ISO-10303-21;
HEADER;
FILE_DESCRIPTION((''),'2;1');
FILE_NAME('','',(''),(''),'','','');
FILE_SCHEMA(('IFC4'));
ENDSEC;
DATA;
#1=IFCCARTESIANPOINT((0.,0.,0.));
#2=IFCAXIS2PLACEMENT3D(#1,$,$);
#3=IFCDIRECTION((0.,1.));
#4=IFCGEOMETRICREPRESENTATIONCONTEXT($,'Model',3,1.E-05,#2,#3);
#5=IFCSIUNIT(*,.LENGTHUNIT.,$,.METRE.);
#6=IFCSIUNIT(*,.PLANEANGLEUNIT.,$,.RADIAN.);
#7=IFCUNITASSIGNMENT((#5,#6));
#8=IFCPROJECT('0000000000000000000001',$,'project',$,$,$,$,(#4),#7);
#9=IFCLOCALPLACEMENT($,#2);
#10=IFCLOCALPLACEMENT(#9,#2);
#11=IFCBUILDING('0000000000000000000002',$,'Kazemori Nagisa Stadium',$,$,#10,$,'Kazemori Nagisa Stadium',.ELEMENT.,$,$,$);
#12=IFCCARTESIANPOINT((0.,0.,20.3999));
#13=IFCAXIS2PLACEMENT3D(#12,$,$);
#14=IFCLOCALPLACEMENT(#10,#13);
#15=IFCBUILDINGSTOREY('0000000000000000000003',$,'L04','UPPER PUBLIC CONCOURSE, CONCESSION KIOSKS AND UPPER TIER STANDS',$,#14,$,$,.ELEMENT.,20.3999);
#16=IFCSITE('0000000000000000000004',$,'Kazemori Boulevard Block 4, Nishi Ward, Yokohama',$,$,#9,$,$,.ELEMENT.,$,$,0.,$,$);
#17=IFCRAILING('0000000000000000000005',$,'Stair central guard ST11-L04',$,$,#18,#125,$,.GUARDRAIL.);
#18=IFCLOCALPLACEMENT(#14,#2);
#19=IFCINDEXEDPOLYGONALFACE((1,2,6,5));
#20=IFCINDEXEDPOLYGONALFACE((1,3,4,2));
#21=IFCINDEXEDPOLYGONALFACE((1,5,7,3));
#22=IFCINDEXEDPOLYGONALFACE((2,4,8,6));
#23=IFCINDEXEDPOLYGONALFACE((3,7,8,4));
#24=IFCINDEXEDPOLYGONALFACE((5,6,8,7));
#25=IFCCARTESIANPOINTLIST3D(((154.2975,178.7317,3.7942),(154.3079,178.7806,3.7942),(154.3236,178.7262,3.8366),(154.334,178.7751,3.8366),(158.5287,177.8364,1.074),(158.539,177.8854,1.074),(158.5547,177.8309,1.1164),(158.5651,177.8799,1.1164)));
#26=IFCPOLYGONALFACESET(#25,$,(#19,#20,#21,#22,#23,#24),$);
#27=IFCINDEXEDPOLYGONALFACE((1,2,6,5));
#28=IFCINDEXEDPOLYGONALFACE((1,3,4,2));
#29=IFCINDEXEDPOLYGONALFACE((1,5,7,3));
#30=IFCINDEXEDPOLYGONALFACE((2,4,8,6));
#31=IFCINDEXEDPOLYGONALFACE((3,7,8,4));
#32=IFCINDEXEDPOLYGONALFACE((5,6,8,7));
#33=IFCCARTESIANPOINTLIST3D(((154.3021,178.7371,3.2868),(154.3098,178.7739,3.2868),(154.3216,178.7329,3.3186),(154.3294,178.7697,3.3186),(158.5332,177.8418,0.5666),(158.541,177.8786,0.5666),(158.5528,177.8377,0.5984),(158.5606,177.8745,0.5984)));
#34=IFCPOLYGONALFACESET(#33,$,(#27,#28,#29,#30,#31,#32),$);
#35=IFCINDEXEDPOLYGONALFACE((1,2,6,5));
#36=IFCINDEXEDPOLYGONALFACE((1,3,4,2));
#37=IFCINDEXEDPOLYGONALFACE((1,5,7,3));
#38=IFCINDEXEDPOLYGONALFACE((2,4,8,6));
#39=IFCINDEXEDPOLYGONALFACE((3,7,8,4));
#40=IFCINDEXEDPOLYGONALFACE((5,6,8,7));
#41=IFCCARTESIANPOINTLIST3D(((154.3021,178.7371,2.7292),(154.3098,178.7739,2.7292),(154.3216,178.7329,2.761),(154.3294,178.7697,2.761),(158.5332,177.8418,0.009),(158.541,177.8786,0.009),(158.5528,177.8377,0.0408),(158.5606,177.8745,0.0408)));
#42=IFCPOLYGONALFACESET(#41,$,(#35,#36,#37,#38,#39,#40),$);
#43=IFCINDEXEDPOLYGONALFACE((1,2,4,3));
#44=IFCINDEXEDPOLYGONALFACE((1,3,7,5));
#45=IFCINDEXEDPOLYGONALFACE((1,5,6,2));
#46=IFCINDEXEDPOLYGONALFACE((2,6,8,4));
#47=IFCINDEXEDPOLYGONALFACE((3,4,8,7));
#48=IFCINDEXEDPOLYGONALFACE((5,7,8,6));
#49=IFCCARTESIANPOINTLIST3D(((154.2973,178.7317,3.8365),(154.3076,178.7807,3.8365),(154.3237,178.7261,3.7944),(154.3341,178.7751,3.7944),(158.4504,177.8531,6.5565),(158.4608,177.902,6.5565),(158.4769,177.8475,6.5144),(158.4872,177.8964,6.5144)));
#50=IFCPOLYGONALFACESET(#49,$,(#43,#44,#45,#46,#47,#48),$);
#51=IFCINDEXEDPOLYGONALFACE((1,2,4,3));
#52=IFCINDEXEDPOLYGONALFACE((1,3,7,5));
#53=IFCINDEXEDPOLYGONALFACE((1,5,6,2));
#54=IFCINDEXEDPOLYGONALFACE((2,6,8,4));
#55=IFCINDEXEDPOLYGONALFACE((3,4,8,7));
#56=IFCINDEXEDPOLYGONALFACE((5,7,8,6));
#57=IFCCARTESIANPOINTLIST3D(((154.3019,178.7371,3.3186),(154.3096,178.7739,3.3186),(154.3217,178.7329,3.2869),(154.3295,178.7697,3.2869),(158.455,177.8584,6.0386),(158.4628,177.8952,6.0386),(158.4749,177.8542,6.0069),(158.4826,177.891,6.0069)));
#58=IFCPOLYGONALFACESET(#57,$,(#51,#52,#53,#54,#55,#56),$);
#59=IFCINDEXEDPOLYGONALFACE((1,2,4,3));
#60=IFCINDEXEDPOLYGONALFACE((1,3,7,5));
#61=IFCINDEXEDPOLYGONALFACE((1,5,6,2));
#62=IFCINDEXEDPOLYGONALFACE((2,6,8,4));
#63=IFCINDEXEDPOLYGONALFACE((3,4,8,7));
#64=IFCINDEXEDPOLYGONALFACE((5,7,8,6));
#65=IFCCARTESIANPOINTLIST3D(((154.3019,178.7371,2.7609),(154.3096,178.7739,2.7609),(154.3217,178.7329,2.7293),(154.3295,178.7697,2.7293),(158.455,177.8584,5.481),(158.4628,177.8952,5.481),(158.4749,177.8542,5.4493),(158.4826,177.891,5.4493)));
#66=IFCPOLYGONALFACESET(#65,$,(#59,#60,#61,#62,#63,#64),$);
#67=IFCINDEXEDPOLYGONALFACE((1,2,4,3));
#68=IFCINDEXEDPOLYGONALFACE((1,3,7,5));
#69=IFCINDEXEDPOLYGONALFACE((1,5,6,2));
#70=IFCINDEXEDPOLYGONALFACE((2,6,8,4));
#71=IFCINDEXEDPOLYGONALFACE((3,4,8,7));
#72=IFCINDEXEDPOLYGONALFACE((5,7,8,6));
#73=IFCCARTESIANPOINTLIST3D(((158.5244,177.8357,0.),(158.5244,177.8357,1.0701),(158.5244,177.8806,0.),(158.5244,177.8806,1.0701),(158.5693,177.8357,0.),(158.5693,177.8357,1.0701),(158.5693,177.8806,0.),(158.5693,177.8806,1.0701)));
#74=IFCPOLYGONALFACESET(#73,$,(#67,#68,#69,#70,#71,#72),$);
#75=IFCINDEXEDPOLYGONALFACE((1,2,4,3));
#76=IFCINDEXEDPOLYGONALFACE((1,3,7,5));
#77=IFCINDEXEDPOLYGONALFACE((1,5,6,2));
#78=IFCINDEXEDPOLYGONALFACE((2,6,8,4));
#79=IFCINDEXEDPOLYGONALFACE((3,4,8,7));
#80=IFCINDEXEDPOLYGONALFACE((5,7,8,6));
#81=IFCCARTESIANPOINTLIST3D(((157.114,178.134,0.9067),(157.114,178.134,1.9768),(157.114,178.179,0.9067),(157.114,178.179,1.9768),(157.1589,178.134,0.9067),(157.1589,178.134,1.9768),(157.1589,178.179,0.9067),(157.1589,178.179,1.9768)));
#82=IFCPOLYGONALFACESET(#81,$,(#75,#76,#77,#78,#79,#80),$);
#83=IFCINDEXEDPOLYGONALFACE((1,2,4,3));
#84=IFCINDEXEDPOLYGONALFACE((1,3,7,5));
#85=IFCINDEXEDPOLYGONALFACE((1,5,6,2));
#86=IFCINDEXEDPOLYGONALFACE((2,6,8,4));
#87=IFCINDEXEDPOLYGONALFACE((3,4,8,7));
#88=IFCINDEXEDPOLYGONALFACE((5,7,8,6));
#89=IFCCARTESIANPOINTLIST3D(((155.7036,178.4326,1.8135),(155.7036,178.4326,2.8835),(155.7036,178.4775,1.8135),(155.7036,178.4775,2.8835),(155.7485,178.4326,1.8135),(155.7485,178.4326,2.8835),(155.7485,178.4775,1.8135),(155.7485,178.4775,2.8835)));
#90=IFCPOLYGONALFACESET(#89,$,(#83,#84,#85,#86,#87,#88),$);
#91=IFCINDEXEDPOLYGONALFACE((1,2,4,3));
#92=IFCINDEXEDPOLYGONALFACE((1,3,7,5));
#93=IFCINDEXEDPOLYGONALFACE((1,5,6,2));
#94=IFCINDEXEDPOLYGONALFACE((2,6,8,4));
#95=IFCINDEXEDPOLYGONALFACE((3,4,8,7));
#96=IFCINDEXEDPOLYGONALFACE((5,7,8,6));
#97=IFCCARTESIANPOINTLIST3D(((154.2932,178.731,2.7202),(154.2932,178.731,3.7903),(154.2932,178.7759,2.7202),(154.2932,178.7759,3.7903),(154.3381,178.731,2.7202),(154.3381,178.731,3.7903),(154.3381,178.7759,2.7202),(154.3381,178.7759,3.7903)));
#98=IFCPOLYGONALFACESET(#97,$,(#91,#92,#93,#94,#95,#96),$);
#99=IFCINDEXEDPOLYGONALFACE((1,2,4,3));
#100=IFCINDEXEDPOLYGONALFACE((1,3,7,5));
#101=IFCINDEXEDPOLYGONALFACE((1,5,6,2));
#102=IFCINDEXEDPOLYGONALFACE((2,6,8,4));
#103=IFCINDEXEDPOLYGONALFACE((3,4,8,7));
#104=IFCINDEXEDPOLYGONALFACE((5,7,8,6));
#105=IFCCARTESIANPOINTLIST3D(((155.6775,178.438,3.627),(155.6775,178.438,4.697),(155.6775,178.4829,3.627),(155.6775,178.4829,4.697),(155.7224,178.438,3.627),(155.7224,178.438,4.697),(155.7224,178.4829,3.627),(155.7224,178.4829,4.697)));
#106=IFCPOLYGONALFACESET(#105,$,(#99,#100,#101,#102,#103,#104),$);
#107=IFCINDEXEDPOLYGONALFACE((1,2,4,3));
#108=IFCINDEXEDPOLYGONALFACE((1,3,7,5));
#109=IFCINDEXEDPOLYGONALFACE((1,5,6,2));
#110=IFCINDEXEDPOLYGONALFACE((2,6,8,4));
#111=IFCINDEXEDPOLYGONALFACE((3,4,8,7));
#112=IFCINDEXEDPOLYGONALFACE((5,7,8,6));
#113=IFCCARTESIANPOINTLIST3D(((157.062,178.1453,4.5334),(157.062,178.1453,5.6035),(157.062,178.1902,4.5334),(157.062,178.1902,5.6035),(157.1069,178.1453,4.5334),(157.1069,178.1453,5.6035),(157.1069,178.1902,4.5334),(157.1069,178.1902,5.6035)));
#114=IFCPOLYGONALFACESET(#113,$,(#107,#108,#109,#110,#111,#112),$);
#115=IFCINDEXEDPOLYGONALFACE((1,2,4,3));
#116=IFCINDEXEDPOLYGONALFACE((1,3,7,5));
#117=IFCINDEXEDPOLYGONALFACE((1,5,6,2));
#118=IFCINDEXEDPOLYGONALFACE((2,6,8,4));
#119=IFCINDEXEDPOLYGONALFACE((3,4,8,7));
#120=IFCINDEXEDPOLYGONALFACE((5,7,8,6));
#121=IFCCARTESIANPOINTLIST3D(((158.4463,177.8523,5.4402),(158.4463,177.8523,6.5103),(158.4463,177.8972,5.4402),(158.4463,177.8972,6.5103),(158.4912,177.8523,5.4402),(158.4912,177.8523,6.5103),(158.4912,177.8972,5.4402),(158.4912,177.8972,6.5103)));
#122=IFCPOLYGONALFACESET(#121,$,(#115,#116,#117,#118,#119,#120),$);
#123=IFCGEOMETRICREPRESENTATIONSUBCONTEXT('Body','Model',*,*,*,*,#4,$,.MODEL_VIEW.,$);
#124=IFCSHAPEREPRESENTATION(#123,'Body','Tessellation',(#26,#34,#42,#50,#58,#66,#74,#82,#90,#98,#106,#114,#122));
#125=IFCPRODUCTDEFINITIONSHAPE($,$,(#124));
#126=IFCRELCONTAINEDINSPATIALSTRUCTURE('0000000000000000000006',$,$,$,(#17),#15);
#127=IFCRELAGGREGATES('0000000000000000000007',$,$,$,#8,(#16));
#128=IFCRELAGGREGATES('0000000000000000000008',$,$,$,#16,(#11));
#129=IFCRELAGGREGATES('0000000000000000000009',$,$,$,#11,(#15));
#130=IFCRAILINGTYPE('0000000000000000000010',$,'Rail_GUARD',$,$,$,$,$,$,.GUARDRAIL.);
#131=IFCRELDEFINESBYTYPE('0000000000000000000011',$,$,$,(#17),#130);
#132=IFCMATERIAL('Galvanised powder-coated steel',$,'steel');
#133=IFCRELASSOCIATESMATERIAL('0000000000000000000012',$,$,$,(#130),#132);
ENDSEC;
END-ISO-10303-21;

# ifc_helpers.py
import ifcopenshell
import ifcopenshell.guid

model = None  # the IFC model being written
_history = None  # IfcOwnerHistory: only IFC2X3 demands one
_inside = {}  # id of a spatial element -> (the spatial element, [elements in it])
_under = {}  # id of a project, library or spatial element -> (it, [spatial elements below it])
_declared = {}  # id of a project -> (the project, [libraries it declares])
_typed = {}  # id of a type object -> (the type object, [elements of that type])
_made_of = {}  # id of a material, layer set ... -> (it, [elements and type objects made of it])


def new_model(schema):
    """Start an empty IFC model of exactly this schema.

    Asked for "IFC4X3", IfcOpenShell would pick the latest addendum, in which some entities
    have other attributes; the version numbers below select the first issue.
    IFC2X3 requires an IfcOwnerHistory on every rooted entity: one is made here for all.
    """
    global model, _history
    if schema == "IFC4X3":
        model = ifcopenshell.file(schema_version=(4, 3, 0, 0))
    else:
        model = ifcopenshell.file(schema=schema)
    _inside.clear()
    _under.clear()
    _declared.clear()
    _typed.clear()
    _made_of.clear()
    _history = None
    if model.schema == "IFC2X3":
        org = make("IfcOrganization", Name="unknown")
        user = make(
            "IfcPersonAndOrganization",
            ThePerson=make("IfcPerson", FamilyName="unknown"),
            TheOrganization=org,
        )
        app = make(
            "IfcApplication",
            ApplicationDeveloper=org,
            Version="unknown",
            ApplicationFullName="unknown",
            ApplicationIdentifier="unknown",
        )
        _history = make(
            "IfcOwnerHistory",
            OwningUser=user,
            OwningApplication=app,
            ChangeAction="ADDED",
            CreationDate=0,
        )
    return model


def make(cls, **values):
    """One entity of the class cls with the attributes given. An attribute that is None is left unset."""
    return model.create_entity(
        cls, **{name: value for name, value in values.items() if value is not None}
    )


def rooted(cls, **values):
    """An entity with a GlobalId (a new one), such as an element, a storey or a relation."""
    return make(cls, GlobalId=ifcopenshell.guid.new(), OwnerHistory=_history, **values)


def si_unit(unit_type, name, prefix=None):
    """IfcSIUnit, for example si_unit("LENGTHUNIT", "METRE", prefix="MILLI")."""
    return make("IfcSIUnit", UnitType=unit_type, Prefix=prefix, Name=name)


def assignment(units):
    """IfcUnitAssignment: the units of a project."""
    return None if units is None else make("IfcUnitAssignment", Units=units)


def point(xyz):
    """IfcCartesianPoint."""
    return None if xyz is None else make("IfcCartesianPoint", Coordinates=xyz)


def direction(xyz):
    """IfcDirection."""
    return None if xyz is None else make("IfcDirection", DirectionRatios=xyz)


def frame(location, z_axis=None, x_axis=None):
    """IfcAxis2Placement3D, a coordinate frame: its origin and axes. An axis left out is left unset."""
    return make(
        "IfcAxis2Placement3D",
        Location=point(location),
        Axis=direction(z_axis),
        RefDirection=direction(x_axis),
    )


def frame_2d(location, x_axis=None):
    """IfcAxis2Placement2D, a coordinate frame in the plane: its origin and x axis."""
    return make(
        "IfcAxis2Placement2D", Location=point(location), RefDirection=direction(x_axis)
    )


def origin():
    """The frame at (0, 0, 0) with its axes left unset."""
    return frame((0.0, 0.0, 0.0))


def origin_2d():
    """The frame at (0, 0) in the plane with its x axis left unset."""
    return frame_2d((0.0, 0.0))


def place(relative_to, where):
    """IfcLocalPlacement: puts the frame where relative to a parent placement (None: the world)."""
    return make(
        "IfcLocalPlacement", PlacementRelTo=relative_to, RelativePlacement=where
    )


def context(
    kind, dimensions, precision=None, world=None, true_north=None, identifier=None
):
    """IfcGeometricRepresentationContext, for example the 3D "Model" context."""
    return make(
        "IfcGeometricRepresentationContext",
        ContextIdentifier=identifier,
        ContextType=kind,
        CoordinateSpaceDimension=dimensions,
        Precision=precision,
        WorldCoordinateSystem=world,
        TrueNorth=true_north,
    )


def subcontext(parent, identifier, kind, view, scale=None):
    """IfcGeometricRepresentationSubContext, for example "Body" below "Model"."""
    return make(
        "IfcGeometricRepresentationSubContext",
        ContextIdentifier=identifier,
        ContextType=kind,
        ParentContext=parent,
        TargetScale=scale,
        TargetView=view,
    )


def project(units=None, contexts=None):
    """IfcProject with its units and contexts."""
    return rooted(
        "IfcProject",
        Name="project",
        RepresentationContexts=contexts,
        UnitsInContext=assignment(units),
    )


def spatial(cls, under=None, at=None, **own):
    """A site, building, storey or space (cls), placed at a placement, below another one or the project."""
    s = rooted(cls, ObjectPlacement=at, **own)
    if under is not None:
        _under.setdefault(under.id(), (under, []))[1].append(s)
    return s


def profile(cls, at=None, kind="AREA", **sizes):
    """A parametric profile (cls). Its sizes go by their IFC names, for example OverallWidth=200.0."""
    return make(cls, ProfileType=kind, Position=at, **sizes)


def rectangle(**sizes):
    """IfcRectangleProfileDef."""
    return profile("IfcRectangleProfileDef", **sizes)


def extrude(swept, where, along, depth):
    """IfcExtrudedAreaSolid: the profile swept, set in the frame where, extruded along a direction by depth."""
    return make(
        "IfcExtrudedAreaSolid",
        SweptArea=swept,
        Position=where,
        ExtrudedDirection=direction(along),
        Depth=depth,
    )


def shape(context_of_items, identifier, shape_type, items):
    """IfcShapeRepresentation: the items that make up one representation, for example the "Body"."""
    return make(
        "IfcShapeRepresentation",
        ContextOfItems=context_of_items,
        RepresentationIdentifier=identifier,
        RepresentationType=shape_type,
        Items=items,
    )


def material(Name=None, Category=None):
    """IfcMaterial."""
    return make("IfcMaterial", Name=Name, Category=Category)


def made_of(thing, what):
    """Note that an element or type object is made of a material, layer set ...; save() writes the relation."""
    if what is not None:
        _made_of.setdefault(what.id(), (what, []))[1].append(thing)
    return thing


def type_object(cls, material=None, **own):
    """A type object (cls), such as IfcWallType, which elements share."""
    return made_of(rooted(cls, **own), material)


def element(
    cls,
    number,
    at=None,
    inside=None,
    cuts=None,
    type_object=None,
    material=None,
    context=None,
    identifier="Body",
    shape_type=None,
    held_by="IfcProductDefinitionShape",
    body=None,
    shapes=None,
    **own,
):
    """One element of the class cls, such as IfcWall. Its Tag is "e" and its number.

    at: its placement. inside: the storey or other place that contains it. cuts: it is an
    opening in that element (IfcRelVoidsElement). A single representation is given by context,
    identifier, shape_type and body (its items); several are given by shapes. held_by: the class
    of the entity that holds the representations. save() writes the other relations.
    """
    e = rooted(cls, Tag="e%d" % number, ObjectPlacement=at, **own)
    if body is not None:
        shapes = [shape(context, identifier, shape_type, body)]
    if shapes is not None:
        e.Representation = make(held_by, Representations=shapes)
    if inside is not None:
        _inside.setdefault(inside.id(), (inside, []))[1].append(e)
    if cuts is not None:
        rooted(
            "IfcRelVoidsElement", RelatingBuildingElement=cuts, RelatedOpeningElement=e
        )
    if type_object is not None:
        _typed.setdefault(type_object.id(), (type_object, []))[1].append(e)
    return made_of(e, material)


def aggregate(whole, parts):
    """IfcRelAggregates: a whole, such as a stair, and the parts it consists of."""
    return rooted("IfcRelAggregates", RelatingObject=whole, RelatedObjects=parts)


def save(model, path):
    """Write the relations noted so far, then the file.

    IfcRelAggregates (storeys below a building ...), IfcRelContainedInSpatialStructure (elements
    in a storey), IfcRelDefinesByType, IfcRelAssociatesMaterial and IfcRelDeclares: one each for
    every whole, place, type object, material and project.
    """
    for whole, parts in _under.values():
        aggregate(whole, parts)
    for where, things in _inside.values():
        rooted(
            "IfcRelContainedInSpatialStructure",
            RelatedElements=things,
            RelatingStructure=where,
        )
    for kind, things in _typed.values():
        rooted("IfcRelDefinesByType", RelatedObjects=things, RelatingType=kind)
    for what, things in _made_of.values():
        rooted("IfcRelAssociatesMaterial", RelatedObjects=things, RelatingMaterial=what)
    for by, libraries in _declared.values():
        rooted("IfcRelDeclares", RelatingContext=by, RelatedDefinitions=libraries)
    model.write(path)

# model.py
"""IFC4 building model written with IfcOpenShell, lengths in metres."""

from ifc_helpers import new_model, si_unit, direction, frame, origin, origin_2d, place, context, subcontext, project, spatial, rectangle, extrude, material, type_object, element, save


model = new_model("IFC4")

# Units and contexts
model_context = context("Model", 3, precision=1e-05, world=origin(), true_north=direction((0.0, 1.0)))
body_context = subcontext(model_context, "Body", "Model", "MODEL_VIEW")
ifc_project = project(units=[si_unit("LENGTHUNIT", "METRE"), si_unit("PLANEANGLEUNIT", "RADIAN")], contexts=[model_context])

# Site, building, storey
site_placement = place(None, origin())
site = spatial("IfcSite", under=ifc_project, at=site_placement, Name="Kazemori Boulevard Block 4, Nishi Ward, Yokohama", CompositionType="ELEMENT", RefElevation=0.0)
building_placement = place(site_placement, origin())
building = spatial("IfcBuilding", under=site, at=building_placement, Name="Kazemori Nagisa Stadium", LongName="Kazemori Nagisa Stadium", CompositionType="ELEMENT")
storey_placement = place(building_placement, frame((0.0, 0.0, 20.3999)))
storey = spatial("IfcBuildingStorey", under=building, at=storey_placement, Name="L04", Description="UPPER PUBLIC CONCOURSE, CONCESSION KIOSKS AND UPPER TIER STANDS", CompositionType="ELEMENT", Elevation=20.3999)

# Railing
ifc_material_1 = material(Name="Galvanised powder-coated steel", Category="steel")
railing_type_1 = type_object("IfcRailingType", Name="Rail_GUARD", PredefinedType="GUARDRAIL", material=ifc_material_1)
railing_1_placement = place(storey_placement, frame((158.5469, 177.8582, 0.0)))
element("IfcRailing", 1, at=railing_1_placement, inside=storey, type_object=railing_type_1, Name="Stair central guard ST11-L04", PredefinedType="GUARDRAIL", context=body_context, shape_type="SweptSolid", body=[
    extrude(rectangle(XDim=0.05, YDim=0.05, at=origin_2d()), frame((0.0, 0.0, 1.0952), z_axis=(-0.82815, 0.175225, 0.532413), x_axis=(-0.207003, -0.97834, 0.0)), (0.0, 0.0, 1.0), 5.1091),
    extrude(rectangle(XDim=0.0376, YDim=0.0376, at=origin_2d()), frame((0.0, 0.0, 0.5825), z_axis=(-0.82815, 0.175225, 0.532413), x_axis=(-0.207003, -0.97834, 0.0)), (0.0, 0.0, 1.0), 5.1091),
    extrude(rectangle(XDim=0.0376, YDim=0.0376, at=origin_2d()), frame((0.0, 0.0, 0.0249), z_axis=(-0.82815, 0.175225, 0.532413), x_axis=(-0.207003, -0.97834, 0.0)), (0.0, 0.0, 1.0), 5.1091),
    extrude(rectangle(XDim=0.05, YDim=0.05, at=origin_2d()), frame((-4.2312, 0.8953, 3.8154), z_axis=(0.823752, -0.17428, 0.539499), x_axis=(0.206987, 0.978344, 0.0)), (0.0, 0.0, 1.0), 5.0417),
    extrude(rectangle(XDim=0.0376, YDim=0.0376, at=origin_2d()), frame((-4.2312, 0.8953, 3.3027), z_axis=(0.823752, -0.17428, 0.539499), x_axis=(0.206987, 0.978344, 0.0)), (0.0, 0.0, 1.0), 5.0417),
    extrude(rectangle(XDim=0.0376, YDim=0.0376, at=origin_2d()), frame((-4.2312, 0.8953, 2.7451), z_axis=(0.823752, -0.17428, 0.539499), x_axis=(0.206987, 0.978344, 0.0)), (0.0, 0.0, 1.0), 5.0417),
    extrude(rectangle(XDim=0.0449, YDim=0.0449, at=origin_2d()), origin(), (0.0, 0.0, 1.0), 1.0701),
    extrude(rectangle(XDim=0.0449, YDim=0.0449, at=origin_2d()), frame((-1.4104, 0.2983, 0.9067)), (0.0, 0.0, 1.0), 1.0701),
    extrude(rectangle(XDim=0.0449, YDim=0.0449, at=origin_2d()), frame((-2.8208, 0.5969, 1.8135)), (0.0, 0.0, 1.0), 1.0701),
    extrude(rectangle(XDim=0.0449, YDim=0.0449, at=origin_2d()), frame((-4.2312, 0.8953, 2.7202)), (0.0, 0.0, 1.0), 1.0701),
    extrude(rectangle(XDim=0.0449, YDim=0.0449, at=origin_2d()), frame((-2.8469, 0.6023, 3.627)), (0.0, 0.0, 1.0), 1.0701),
    extrude(rectangle(XDim=0.0449, YDim=0.0449, at=origin_2d()), frame((-1.4624, 0.3096, 4.5334)), (0.0, 0.0, 1.0), 1.0701),
    extrude(rectangle(XDim=0.0449, YDim=0.0449, at=origin_2d()), frame((-0.0781, 0.0166, 5.4402)), (0.0, 0.0, 1.0), 1.0701),
])

save(model, "model.ifc")
